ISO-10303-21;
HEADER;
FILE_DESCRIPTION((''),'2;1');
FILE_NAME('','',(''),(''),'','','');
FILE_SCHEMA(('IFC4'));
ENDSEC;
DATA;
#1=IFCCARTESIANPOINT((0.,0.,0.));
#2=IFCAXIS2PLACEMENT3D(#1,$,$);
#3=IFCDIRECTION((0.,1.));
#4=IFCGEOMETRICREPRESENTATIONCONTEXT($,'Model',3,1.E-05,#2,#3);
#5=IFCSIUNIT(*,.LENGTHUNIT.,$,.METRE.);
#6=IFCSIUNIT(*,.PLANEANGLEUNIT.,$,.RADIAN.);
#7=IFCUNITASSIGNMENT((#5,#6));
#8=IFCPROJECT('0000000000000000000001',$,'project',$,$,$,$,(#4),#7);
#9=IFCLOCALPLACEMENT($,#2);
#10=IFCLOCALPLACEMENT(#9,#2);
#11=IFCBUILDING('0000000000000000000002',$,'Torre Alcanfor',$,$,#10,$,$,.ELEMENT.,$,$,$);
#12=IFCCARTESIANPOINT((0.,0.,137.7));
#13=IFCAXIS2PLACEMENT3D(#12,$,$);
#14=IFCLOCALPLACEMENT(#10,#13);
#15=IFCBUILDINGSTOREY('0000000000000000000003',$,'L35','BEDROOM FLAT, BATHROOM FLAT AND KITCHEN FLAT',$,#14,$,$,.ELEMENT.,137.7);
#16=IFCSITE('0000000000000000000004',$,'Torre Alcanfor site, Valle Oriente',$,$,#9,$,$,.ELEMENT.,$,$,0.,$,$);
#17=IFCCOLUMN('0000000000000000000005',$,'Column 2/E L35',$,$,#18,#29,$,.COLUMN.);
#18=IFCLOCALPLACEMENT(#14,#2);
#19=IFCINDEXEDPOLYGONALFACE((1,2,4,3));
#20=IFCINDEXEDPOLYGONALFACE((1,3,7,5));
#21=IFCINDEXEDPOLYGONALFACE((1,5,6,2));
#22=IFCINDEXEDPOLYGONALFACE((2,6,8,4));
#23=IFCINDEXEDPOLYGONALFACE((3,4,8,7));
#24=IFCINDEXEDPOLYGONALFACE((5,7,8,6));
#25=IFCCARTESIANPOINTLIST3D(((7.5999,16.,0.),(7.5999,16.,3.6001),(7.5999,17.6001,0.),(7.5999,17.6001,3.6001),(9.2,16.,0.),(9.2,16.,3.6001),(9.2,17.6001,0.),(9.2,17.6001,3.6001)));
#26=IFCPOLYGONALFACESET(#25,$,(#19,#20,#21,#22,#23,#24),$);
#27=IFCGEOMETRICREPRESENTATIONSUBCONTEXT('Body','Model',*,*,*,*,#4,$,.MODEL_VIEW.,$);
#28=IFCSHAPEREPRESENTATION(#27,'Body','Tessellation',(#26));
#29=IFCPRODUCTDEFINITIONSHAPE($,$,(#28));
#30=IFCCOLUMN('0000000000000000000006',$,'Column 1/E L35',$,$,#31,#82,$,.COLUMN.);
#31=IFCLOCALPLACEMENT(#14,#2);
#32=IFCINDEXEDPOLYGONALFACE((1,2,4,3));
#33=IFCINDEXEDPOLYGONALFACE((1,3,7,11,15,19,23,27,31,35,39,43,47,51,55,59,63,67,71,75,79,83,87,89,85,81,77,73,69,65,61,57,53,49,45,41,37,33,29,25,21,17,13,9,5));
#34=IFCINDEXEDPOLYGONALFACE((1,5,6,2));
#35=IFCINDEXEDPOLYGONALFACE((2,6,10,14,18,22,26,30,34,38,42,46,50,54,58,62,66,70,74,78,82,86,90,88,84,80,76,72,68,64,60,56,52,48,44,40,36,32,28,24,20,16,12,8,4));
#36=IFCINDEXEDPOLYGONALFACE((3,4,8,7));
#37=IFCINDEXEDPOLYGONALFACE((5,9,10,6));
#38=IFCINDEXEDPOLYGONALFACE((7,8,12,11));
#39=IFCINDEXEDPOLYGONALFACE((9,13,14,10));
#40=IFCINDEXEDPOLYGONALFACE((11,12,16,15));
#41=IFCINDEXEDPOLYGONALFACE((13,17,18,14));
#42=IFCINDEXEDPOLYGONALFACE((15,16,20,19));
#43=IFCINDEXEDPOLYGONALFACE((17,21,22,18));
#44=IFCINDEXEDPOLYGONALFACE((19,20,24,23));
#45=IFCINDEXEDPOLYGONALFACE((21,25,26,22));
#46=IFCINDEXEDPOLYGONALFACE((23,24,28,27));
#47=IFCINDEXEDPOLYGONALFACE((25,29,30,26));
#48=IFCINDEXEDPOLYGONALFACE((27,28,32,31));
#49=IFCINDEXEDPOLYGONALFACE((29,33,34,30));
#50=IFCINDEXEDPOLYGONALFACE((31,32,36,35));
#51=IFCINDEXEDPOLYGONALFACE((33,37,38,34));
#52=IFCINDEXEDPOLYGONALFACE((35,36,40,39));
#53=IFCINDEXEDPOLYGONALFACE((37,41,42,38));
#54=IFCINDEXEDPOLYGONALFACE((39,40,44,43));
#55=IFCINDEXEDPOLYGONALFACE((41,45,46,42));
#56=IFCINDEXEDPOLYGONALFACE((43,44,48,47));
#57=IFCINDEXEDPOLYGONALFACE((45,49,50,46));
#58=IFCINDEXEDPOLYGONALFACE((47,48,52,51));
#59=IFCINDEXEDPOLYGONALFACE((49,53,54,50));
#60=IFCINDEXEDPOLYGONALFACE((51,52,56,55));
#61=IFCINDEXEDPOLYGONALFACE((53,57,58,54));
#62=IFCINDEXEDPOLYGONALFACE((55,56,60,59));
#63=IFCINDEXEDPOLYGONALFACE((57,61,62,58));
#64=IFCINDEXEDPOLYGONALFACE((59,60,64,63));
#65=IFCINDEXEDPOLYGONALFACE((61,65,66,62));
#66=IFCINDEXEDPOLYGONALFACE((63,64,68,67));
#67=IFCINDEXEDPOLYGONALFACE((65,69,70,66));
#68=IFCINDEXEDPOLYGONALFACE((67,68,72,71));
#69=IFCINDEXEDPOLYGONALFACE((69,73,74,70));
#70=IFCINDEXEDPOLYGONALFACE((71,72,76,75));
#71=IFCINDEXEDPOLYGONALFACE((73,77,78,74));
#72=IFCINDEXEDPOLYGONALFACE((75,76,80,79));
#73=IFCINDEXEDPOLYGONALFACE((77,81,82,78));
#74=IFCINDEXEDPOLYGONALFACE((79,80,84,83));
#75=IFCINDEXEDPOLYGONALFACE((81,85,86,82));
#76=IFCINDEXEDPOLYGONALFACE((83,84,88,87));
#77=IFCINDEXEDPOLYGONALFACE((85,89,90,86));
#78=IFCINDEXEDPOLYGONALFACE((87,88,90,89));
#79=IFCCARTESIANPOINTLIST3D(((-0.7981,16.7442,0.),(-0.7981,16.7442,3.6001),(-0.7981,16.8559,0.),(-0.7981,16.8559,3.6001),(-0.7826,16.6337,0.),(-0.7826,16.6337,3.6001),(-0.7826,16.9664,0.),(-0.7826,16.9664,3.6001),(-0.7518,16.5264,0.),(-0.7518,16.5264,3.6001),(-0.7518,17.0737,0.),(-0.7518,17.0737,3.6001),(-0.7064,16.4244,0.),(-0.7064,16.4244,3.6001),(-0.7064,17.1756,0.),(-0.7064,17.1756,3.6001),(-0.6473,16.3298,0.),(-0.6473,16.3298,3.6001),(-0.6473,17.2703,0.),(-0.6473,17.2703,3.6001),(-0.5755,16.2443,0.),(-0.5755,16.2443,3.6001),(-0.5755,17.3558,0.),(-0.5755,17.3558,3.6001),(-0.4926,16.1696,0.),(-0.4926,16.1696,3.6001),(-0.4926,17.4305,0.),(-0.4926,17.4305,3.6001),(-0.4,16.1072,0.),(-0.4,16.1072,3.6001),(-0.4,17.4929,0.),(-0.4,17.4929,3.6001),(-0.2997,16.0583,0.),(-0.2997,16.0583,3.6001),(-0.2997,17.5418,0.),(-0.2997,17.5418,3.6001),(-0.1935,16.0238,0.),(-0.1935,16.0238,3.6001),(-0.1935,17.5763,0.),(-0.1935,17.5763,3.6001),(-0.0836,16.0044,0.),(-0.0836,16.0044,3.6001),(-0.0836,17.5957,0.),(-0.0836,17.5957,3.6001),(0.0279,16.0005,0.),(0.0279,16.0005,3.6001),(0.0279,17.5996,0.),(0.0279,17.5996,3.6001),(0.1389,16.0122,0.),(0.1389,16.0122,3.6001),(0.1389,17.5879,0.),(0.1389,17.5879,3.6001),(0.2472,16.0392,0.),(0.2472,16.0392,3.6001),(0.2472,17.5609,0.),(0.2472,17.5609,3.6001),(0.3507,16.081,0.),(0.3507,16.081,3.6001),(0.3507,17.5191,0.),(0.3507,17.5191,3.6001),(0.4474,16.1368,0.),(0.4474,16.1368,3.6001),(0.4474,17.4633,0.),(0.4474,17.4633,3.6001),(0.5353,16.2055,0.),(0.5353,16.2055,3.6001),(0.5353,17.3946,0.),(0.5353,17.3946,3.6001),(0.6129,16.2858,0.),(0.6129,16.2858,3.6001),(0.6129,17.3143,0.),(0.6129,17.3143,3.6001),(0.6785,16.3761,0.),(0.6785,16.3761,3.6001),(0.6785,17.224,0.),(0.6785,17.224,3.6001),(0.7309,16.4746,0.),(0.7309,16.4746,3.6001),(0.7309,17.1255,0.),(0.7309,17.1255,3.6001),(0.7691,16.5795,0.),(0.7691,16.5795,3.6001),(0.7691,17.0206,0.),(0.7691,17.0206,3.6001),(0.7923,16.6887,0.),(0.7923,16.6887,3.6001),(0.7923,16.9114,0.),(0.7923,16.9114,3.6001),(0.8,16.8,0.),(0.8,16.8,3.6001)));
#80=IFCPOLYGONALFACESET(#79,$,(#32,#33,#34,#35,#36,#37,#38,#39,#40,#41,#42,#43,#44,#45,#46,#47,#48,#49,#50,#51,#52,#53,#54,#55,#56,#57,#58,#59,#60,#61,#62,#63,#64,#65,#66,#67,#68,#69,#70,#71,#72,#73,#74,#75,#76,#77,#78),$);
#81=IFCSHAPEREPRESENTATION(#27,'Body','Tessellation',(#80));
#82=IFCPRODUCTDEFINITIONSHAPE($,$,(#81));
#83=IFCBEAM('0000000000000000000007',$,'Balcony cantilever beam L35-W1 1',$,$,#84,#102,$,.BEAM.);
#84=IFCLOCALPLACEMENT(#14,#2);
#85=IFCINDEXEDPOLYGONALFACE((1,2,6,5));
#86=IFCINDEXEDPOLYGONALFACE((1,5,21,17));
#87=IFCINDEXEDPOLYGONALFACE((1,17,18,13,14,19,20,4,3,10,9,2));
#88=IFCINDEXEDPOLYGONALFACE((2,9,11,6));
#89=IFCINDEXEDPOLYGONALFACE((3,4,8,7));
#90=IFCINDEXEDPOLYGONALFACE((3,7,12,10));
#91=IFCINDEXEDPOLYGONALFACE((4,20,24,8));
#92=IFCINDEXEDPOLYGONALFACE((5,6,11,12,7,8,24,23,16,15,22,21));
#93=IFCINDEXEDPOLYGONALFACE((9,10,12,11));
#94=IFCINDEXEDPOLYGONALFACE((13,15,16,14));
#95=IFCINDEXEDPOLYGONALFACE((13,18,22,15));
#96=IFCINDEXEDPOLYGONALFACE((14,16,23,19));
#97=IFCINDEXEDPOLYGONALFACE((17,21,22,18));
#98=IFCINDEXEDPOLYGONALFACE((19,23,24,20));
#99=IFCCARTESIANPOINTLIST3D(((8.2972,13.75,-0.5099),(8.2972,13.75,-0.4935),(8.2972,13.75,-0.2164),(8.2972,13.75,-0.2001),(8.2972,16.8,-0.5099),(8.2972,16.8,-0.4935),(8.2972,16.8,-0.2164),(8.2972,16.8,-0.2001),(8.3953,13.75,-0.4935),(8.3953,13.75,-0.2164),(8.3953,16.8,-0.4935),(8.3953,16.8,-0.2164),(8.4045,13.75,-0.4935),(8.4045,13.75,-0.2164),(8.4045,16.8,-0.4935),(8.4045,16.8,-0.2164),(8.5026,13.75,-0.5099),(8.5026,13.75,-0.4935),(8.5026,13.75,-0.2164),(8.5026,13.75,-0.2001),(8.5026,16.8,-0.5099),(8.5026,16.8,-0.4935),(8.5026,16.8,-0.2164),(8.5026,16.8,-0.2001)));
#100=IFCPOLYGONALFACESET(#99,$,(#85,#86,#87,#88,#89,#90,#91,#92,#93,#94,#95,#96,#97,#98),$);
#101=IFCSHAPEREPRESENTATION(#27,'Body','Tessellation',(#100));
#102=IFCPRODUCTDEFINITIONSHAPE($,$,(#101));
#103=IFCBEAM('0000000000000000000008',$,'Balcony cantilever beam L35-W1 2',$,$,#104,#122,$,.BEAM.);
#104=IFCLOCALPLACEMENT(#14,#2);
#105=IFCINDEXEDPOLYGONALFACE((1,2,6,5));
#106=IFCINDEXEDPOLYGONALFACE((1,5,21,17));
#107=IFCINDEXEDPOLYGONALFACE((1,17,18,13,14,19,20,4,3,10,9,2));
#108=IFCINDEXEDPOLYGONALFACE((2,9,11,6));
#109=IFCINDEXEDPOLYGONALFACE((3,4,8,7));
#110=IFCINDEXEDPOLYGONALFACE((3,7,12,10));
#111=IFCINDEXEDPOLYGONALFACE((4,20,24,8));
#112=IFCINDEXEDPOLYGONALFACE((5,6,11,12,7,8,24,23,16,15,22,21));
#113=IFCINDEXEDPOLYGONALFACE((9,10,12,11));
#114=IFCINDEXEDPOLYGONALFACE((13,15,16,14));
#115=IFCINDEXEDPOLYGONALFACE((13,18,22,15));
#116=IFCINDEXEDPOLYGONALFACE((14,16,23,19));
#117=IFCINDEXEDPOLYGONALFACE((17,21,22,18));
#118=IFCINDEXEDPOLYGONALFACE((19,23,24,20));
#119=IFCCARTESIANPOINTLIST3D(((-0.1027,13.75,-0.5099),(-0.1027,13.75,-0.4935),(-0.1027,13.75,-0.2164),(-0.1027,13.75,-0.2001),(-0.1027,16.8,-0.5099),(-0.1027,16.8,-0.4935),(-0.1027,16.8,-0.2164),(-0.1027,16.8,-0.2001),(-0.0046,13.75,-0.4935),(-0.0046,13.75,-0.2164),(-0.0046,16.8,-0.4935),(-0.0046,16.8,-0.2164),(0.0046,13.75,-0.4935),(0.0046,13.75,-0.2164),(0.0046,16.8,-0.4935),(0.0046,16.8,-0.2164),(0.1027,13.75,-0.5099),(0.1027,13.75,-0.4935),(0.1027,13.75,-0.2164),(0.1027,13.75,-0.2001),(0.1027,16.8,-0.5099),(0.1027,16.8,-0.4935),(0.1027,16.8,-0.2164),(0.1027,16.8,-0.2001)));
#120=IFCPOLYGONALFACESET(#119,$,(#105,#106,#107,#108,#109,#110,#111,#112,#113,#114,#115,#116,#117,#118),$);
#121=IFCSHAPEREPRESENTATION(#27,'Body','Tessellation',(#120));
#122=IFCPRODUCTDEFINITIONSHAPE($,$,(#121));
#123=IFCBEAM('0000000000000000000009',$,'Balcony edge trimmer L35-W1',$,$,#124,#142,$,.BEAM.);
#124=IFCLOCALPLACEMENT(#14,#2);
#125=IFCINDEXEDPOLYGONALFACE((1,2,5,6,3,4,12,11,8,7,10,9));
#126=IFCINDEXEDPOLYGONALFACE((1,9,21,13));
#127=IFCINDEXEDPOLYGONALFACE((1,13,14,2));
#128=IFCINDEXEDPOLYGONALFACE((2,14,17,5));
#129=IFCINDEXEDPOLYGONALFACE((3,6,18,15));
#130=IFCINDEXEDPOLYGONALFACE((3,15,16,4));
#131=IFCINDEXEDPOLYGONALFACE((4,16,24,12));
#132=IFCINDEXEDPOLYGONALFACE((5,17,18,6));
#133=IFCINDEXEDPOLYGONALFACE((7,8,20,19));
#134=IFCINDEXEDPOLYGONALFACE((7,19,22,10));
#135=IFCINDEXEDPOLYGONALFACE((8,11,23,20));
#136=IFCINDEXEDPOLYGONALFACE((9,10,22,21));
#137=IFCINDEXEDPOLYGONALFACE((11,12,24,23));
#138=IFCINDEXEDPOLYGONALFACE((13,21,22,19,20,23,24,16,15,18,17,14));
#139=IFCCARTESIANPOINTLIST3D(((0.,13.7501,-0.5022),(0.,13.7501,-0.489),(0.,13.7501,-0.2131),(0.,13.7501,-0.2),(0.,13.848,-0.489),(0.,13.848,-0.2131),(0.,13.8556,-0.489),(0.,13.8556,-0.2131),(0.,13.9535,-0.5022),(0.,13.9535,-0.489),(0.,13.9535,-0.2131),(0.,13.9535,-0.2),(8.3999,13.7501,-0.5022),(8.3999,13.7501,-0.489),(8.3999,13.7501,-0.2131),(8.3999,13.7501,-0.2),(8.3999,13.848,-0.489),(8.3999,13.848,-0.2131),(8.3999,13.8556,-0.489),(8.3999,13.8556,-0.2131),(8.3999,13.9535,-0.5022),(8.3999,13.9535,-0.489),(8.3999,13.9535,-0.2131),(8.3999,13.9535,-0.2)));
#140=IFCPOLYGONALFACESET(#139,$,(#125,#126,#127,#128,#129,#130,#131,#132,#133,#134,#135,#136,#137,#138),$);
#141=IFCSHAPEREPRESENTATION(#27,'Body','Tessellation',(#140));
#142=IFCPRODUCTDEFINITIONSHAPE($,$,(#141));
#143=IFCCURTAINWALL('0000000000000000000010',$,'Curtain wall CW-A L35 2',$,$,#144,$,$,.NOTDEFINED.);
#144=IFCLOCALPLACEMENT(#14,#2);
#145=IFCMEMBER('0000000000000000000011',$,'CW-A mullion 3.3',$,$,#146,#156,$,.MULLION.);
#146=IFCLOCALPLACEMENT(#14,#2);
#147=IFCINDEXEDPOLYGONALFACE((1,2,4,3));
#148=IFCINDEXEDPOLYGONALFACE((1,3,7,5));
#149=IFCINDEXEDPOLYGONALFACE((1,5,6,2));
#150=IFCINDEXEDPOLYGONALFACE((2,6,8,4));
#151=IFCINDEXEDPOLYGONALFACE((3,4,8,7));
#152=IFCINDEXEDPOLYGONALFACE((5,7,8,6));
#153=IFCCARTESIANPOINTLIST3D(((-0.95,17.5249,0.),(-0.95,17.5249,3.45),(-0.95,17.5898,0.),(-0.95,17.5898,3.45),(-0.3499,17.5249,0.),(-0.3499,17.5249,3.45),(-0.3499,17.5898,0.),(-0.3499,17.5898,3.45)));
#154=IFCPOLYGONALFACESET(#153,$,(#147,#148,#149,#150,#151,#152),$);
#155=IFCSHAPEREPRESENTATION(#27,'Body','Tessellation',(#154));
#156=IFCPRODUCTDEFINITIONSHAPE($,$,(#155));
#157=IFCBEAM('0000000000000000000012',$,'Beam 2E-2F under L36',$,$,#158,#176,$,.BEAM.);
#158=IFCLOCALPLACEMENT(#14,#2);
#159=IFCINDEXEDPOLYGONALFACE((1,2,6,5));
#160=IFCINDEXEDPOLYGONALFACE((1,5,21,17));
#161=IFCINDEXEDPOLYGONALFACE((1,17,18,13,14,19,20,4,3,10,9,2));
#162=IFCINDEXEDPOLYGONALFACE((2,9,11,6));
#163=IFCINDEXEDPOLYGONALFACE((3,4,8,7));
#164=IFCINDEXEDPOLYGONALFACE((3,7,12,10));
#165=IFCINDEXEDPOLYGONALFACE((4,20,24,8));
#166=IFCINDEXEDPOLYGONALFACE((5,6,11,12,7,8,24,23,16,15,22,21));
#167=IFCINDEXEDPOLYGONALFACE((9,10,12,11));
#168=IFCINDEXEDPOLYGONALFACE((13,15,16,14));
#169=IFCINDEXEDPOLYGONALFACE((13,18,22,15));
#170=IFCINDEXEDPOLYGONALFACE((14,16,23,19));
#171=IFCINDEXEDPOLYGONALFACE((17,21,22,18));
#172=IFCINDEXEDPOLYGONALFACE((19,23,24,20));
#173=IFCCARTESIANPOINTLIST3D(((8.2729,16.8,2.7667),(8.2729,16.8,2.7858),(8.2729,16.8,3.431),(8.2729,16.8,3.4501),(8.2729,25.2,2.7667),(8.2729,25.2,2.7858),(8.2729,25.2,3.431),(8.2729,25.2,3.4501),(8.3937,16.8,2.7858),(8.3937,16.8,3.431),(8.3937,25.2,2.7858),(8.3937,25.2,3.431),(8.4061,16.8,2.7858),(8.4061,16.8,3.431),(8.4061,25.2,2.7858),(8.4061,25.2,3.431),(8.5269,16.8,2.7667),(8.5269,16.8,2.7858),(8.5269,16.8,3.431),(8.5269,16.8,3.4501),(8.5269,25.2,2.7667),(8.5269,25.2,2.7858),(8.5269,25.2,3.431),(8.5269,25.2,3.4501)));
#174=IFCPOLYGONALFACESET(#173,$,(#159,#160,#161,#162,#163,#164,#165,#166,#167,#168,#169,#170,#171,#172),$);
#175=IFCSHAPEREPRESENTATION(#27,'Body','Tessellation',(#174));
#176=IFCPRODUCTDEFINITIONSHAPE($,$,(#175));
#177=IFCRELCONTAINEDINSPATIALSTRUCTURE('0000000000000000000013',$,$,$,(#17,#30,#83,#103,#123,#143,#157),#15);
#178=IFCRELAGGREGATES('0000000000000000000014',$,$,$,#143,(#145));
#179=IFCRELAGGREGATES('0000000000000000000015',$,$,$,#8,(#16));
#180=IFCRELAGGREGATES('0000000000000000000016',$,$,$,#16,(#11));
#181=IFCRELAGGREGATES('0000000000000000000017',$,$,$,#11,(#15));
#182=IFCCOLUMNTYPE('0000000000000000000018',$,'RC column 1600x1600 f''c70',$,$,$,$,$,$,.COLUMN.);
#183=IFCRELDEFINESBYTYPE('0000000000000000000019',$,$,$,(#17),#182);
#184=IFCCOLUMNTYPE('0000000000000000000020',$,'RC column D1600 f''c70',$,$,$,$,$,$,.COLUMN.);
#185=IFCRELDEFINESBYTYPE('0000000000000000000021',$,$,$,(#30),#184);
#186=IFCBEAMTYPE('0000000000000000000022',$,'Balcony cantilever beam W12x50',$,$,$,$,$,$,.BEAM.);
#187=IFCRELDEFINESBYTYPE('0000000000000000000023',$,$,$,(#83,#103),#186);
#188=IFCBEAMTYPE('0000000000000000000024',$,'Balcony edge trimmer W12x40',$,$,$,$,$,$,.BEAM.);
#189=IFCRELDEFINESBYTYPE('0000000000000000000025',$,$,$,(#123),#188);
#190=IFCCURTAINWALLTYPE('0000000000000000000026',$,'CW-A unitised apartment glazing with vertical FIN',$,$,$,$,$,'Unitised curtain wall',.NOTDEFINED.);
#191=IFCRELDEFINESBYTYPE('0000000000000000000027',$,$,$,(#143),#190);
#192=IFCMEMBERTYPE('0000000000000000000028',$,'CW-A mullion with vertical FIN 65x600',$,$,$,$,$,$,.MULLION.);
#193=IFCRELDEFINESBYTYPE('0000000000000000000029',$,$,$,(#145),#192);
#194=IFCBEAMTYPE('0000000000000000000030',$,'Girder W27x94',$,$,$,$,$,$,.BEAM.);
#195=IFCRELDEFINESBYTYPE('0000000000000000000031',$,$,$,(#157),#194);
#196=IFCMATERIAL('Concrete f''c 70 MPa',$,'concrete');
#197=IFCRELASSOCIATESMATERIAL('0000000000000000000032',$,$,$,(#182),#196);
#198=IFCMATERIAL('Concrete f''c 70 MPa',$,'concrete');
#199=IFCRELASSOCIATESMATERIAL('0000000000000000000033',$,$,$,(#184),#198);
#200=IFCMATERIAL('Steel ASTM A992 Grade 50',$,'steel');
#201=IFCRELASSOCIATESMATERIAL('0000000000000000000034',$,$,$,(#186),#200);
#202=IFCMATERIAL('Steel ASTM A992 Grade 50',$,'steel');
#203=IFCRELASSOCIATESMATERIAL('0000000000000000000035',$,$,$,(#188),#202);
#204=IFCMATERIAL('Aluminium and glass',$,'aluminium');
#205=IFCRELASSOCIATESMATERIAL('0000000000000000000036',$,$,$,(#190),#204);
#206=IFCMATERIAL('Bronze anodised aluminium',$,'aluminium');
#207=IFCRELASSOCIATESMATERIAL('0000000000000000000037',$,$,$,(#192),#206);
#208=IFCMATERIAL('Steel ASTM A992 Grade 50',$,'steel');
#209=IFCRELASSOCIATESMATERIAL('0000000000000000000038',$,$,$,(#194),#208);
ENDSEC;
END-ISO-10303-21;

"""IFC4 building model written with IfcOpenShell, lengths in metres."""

from ifc_helpers import new_model, si_unit, direction, frame, origin, origin_2d, place, context, subcontext, project, spatial, rectangle, circle, i_section, extrude, material, material_profile, profile_set, type_object, element, aggregate, save


model = new_model("IFC4")

# Units and contexts
model_context = context("Model", 3, precision=1e-05, world=origin(), true_north=direction((0.0, 1.0)))
body_context = subcontext(model_context, "Body", "Model", "MODEL_VIEW")
ifc_project = project(units=[si_unit("LENGTHUNIT", "METRE"), si_unit("PLANEANGLEUNIT", "RADIAN")], contexts=[model_context])

# Site, building, storey
site_placement = place(None, origin())
site = spatial("IfcSite", under=ifc_project, at=site_placement, Name="Torre Alcanfor site, Valle Oriente", CompositionType="ELEMENT", RefElevation=0.0)
building_placement = place(site_placement, origin())
building = spatial("IfcBuilding", under=site, at=building_placement, Name="Torre Alcanfor", CompositionType="ELEMENT")
storey_placement = place(building_placement, frame((0.0, 0.0, 137.7)))
storey = spatial("IfcBuildingStorey", under=building, at=storey_placement, Name="L35", Description="BEDROOM FLAT, BATHROOM FLAT AND KITCHEN FLAT", CompositionType="ELEMENT", Elevation=137.7)

# Columns
ifc_material_1 = material(Name="Concrete f'c 70 MPa", Category="concrete")
ifc_material_profile_1 = material_profile(ifc_material_1, rectangle(XDim=1.6001, YDim=1.6001, at=origin_2d()), Name="1600x1600")
ifc_profile_set_1 = profile_set([ifc_material_profile_1], Name="Concrete f'c 70 MPa")
column_type_1 = type_object("IfcColumnType", Name="RC column 1600x1600 f'c70", PredefinedType="COLUMN", material=ifc_profile_set_1)
column_1_placement = place(storey_placement, frame((8.3999, 16.8, 0.0), z_axis=(0.0, 0.0, 1.0), x_axis=(1.0, 0.0, 0.0)))
element("IfcColumn", 1, at=column_1_placement, inside=storey, type_object=column_type_1, Name="Column 2/E L35", PredefinedType="COLUMN", context=body_context, shape_type="SweptSolid", body=[
    extrude(rectangle(XDim=1.6001, YDim=1.6001, at=origin_2d()), origin(), (0.0, 0.0, 1.0), 3.6001),
])
ifc_material_2 = material(Name="Concrete f'c 70 MPa", Category="concrete")
ifc_material_profile_2 = material_profile(ifc_material_2, circle(Radius=0.8, at=origin_2d()), Name="D1600")
ifc_profile_set_2 = profile_set([ifc_material_profile_2], Name="Concrete f'c 70 MPa")
column_type_2 = type_object("IfcColumnType", Name="RC column D1600 f'c70", PredefinedType="COLUMN", material=ifc_profile_set_2)
column_2_placement = place(storey_placement, frame((0.0, 16.8, 0.0), z_axis=(0.0, 0.0, 1.0), x_axis=(1.0, 0.0, 0.0)))
element("IfcColumn", 2, at=column_2_placement, inside=storey, type_object=column_type_2, Name="Column 1/E L35", PredefinedType="COLUMN", context=body_context, shape_type="SweptSolid", body=[
    extrude(circle(Radius=0.8, at=origin_2d()), origin(), (0.0, 0.0, 1.0), 3.6001),
])

# Beams
ifc_material_3 = material(Name="Steel ASTM A992 Grade 50", Category="steel")
ifc_material_profile_3 = material_profile(ifc_material_3, i_section(OverallWidth=0.2053, OverallDepth=0.3098, WebThickness=0.0093, FlangeThickness=0.0164, at=origin_2d()), Name="W12x50")
ifc_profile_set_3 = profile_set([ifc_material_profile_3], Name="Steel ASTM A992 Grade 50")
beam_type_1 = type_object("IfcBeamType", Name="Balcony cantilever beam W12x50", PredefinedType="BEAM", material=ifc_profile_set_3)
for number, where, z_axis, x_axis, name in (
    (3, (8.3999, 16.8, -0.355), (0.0, -1.0, 0.0), (1.0, 0.0, 0.0), "Balcony cantilever beam L35-W1 1"),
    (4, (0.0, 16.8, -0.355), (0.0, -1.0, 0.0), (1.0, 0.0, 0.0), "Balcony cantilever beam L35-W1 2"),
):
    element("IfcBeam", number, at=place(storey_placement, frame(where, z_axis=z_axis, x_axis=x_axis)), inside=storey, type_object=beam_type_1, Name=name, PredefinedType="BEAM", context=body_context, shape_type="SweptSolid", body=[
        extrude(i_section(OverallWidth=0.2053, OverallDepth=0.3098, WebThickness=0.0093, FlangeThickness=0.0164, at=origin_2d()), origin(), (0.0, 0.0, 1.0), 3.05),
    ])
ifc_material_4 = material(Name="Steel ASTM A992 Grade 50", Category="steel")
ifc_material_profile_4 = material_profile(ifc_material_4, i_section(OverallWidth=0.2034, OverallDepth=0.3022, WebThickness=0.0076, FlangeThickness=0.0132, at=origin_2d()), Name="W12x40")
ifc_profile_set_4 = profile_set([ifc_material_profile_4], Name="Steel ASTM A992 Grade 50")
beam_type_2 = type_object("IfcBeamType", Name="Balcony edge trimmer W12x40", PredefinedType="BEAM", material=ifc_profile_set_4)
beam_1_placement = place(storey_placement, frame((8.3999, 13.8518, -0.3511), z_axis=(-1.0, 0.0, 0.0), x_axis=(0.0, -1.0, 0.0)))
element("IfcBeam", 5, at=beam_1_placement, inside=storey, type_object=beam_type_2, Name="Balcony edge trimmer L35-W1", PredefinedType="BEAM", context=body_context, shape_type="SweptSolid", body=[
    extrude(i_section(OverallWidth=0.2034, OverallDepth=0.3022, WebThickness=0.0076, FlangeThickness=0.0132, at=origin_2d()), origin(), (0.0, 0.0, 1.0), 8.3999),
])

# Curtain wall, member
ifc_material_5 = material(Name="Aluminium and glass", Category="aluminium")
curtain_wall_type = type_object("IfcCurtainWallType", Name="CW-A unitised apartment glazing with vertical FIN", ElementType="Unitised curtain wall", PredefinedType="NOTDEFINED", material=ifc_material_5)
curtain_wall_placement = place(storey_placement, origin())
curtain_wall = element("IfcCurtainWall", 6, at=curtain_wall_placement, inside=storey, type_object=curtain_wall_type, Name="Curtain wall CW-A L35 2", PredefinedType="NOTDEFINED")
ifc_material_6 = material(Name="Bronze anodised aluminium", Category="aluminium")
ifc_material_profile_5 = material_profile(ifc_material_6, rectangle(XDim=0.6001, YDim=0.0649, at=origin_2d()), Name="CW-A mullion 65x600")
ifc_profile_set_5 = profile_set([ifc_material_profile_5], Name="Bronze anodised aluminium")
member_type = type_object("IfcMemberType", Name="CW-A mullion with vertical FIN 65x600", PredefinedType="MULLION", material=ifc_profile_set_5)
member_placement = place(storey_placement, frame((-0.6499, 17.5574, 0.0), z_axis=(0.0, 0.0, 1.0), x_axis=(1.0, 0.0, 0.0)))
member = element("IfcMember", 7, at=member_placement, type_object=member_type, Name="CW-A mullion 3.3", PredefinedType="MULLION", context=body_context, shape_type="SweptSolid", body=[
    extrude(rectangle(XDim=0.6001, YDim=0.0649, at=origin_2d()), origin(), (0.0, 0.0, 1.0), 3.45),
])

# Beam
ifc_material_7 = material(Name="Steel ASTM A992 Grade 50", Category="steel")
ifc_material_profile_6 = material_profile(ifc_material_7, i_section(OverallWidth=0.2539, OverallDepth=0.6833, WebThickness=0.0125, FlangeThickness=0.019, at=origin_2d()), Name="W27x94")
ifc_profile_set_6 = profile_set([ifc_material_profile_6], Name="Steel ASTM A992 Grade 50")
beam_type_3 = type_object("IfcBeamType", Name="Girder W27x94", PredefinedType="BEAM", material=ifc_profile_set_6)
beam_2_placement = place(storey_placement, frame((8.3999, 16.8, 3.1084), z_axis=(0.0, 1.0, 0.0), x_axis=(-1.0, 0.0, 0.0)))
element("IfcBeam", 8, at=beam_2_placement, inside=storey, type_object=beam_type_3, Name="Beam 2E-2F under L36", PredefinedType="BEAM", context=body_context, shape_type="SweptSolid", body=[
    extrude(i_section(OverallWidth=0.2539, OverallDepth=0.6833, WebThickness=0.0125, FlangeThickness=0.019, at=origin_2d()), origin(), (0.0, 0.0, 1.0), 8.3999),
])

aggregate(curtain_wall, [member])

save(model, "model.ifc")
